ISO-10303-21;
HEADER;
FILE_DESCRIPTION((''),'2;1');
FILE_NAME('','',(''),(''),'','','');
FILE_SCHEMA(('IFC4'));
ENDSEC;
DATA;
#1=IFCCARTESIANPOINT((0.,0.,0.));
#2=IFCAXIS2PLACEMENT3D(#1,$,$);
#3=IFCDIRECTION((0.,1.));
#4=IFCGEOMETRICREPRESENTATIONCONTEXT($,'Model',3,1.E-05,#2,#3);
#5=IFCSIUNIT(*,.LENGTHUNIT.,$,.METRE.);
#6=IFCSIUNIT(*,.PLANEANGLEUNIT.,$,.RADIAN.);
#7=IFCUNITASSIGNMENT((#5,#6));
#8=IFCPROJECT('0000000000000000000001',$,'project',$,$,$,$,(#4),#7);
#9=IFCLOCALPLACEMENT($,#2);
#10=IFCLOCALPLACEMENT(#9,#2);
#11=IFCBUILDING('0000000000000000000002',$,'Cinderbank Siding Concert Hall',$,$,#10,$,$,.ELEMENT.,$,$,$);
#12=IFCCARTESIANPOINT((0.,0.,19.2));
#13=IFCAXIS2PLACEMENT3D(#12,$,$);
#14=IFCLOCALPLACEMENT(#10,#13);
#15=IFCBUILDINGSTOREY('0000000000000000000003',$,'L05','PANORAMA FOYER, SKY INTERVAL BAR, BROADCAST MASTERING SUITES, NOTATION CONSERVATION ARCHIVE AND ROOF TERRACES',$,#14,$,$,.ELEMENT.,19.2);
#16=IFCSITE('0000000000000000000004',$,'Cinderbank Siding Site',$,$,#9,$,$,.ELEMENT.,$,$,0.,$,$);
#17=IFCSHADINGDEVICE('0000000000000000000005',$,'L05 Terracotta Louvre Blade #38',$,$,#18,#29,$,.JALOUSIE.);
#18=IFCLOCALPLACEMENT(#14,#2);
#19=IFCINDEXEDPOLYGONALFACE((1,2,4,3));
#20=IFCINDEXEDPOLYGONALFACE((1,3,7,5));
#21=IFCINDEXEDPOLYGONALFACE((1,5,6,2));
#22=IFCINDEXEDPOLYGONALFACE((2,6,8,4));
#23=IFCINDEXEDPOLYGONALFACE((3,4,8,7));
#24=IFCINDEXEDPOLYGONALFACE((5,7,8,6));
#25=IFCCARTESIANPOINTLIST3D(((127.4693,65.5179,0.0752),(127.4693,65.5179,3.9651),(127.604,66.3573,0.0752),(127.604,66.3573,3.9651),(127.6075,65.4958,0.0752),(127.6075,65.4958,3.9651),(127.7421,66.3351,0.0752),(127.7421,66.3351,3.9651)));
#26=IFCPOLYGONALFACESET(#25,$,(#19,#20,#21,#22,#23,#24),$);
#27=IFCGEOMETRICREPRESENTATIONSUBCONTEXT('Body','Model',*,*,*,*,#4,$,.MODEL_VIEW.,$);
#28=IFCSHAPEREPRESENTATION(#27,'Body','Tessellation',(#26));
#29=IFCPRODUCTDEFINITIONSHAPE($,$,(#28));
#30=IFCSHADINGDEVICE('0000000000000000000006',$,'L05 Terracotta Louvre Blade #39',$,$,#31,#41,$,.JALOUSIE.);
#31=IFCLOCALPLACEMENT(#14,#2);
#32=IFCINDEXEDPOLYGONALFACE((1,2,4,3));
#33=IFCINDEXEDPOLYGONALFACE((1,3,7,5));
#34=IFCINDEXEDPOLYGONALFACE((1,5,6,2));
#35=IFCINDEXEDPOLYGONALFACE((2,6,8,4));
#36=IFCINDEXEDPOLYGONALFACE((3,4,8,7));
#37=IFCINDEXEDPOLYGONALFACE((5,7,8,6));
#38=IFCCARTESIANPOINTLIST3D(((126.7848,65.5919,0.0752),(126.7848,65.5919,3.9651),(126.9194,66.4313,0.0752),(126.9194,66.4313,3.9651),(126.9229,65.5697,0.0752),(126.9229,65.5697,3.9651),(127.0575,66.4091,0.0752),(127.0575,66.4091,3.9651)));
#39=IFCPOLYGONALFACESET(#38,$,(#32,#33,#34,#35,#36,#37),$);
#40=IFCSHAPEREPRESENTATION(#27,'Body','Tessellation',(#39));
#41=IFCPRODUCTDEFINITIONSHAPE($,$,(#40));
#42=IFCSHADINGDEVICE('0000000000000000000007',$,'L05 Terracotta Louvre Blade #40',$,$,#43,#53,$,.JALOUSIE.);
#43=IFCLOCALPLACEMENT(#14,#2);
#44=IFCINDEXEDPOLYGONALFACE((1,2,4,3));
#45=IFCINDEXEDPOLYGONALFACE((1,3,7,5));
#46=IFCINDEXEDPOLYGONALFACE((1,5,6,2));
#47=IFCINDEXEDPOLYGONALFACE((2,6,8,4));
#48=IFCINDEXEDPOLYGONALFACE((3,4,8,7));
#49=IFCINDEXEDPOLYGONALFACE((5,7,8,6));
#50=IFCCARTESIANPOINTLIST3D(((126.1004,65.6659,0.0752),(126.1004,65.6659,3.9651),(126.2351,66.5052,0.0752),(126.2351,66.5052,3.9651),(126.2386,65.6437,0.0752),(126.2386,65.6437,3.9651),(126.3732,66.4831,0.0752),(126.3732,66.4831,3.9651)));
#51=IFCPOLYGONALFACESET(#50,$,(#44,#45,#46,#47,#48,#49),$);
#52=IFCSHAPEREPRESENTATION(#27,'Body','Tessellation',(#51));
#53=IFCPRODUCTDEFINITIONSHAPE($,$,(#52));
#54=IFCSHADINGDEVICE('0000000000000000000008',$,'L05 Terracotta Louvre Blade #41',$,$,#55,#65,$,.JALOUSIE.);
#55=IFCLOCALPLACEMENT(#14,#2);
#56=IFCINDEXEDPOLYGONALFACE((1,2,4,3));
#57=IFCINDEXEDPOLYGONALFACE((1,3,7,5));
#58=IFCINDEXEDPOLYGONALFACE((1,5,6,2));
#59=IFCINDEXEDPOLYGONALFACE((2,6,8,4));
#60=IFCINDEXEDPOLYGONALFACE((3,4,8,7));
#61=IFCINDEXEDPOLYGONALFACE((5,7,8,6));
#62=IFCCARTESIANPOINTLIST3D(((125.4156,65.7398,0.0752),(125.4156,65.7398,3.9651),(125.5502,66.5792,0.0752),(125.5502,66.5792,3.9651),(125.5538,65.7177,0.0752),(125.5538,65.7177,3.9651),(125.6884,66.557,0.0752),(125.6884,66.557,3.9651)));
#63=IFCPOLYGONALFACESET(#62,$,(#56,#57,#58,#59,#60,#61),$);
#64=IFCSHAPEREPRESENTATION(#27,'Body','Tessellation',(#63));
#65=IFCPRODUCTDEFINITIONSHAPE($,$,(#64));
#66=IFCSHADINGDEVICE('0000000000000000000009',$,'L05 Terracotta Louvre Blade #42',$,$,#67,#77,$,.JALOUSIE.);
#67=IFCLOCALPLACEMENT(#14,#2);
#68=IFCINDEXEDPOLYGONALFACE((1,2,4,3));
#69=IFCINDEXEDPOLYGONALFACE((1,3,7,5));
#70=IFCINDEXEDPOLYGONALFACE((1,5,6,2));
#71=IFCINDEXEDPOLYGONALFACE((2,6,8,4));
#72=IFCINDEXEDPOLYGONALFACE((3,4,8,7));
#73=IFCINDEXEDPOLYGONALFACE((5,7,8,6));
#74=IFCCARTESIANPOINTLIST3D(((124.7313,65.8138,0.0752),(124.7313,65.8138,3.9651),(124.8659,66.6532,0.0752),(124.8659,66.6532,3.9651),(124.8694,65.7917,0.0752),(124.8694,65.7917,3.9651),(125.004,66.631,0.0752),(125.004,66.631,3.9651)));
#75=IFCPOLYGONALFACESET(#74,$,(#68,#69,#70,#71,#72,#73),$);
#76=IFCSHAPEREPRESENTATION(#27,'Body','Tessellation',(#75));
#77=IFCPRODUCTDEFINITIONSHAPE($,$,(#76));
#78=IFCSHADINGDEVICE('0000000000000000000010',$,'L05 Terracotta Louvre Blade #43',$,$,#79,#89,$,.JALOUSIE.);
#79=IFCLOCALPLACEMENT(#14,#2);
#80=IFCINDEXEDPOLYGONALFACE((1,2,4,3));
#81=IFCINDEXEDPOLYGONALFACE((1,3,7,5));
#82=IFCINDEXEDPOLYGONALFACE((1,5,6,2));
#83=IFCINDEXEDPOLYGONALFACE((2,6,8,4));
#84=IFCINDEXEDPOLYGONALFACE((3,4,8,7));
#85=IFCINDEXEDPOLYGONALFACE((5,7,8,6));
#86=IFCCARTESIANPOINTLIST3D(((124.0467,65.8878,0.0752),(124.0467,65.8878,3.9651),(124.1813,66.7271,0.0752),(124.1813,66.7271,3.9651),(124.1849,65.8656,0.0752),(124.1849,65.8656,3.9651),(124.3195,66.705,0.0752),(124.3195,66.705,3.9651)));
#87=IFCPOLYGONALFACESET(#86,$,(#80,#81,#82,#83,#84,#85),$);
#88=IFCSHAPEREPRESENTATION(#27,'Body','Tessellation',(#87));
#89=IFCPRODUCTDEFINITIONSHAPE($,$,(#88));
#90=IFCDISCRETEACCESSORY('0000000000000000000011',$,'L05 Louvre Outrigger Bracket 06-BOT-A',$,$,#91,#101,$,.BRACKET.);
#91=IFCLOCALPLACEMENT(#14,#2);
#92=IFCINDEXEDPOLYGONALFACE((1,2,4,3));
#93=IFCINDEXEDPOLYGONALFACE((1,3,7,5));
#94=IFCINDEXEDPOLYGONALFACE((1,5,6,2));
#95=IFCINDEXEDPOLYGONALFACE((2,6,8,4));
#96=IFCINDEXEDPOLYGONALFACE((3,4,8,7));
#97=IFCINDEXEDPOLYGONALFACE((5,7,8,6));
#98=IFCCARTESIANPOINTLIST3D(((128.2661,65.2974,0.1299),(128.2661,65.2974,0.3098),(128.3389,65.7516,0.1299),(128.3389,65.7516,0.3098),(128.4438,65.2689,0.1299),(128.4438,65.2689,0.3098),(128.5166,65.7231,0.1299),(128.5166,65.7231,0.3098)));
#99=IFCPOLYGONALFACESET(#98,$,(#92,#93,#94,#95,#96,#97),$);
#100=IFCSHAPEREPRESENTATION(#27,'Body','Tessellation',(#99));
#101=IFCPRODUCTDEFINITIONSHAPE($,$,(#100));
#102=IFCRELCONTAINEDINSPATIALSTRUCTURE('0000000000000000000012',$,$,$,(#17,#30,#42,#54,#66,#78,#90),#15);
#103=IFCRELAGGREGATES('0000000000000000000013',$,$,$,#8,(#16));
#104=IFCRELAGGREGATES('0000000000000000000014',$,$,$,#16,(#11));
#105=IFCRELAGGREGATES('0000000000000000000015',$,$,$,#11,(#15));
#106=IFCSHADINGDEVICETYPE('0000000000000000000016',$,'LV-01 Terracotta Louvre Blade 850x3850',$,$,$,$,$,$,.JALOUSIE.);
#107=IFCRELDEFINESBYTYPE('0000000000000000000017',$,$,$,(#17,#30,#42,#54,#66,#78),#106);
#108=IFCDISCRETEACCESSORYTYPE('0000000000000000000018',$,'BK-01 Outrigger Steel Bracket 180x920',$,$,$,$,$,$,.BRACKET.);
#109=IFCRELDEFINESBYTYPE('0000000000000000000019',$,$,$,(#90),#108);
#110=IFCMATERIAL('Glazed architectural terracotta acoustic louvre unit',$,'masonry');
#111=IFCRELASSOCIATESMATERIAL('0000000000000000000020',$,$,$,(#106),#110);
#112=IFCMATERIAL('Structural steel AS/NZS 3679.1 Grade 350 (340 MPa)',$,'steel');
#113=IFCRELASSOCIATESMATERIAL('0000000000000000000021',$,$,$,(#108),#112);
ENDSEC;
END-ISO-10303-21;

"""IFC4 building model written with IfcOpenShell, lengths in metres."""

from ifc_helpers import new_model, si_unit, direction, frame, origin, origin_2d, place, context, subcontext, project, spatial, rectangle, extrude, material, type_object, element, save


model = new_model("IFC4")

# Units and contexts
model_context = context("Model", 3, precision=1e-05, world=origin(), true_north=direction((0.0, 1.0)))
body_context = subcontext(model_context, "Body", "Model", "MODEL_VIEW")
ifc_project = project(units=[si_unit("LENGTHUNIT", "METRE"), si_unit("PLANEANGLEUNIT", "RADIAN")], contexts=[model_context])

# Site, building, storey
site_placement = place(None, origin())
site = spatial("IfcSite", under=ifc_project, at=site_placement, Name="Cinderbank Siding Site", CompositionType="ELEMENT", RefElevation=0.0)
building_placement = place(site_placement, origin())
building = spatial("IfcBuilding", under=site, at=building_placement, Name="Cinderbank Siding Concert Hall", CompositionType="ELEMENT")
storey_placement = place(building_placement, frame((0.0, 0.0, 19.2)))
storey = spatial("IfcBuildingStorey", under=building, at=storey_placement, Name="L05", Description="PANORAMA FOYER, SKY INTERVAL BAR, BROADCAST MASTERING SUITES, NOTATION CONSERVATION ARCHIVE AND ROOF TERRACES", CompositionType="ELEMENT", Elevation=19.2)

# Shading devices
ifc_material_1 = material(Name="Glazed architectural terracotta acoustic louvre unit", Category="masonry")
shading_device_type = type_object("IfcShadingDeviceType", Name="LV-01 Terracotta Louvre Blade 850x3850", PredefinedType="JALOUSIE", material=ifc_material_1)
for number, where, z_axis, x_axis, name in (
    (1, (127.6057, 65.9265, 0.0752), (0.0, 0.0, 1.0), (0.158354, 0.987382, 0.0), "L05 Terracotta Louvre Blade #38"),
    (2, (126.9211, 66.0005, 0.0752), (0.0, 0.0, 1.0), (0.158354, 0.987382, 0.0), "L05 Terracotta Louvre Blade #39"),
    (3, (126.2368, 66.0745, 0.0752), (0.0, 0.0, 1.0), (0.158354, 0.987382, 0.0), "L05 Terracotta Louvre Blade #40"),
    (4, (125.552, 66.1484, 0.0752), (0.0, 0.0, 1.0), (0.158354, 0.987382, 0.0), "L05 Terracotta Louvre Blade #41"),
    (5, (124.8677, 66.2224, 0.0752), (0.0, 0.0, 1.0), (0.158354, 0.987382, 0.0), "L05 Terracotta Louvre Blade #42"),
    (6, (124.1831, 66.2964, 0.0752), (0.0, 0.0, 1.0), (0.158354, 0.987382, 0.0), "L05 Terracotta Louvre Blade #43"),
):
    element("IfcShadingDevice", number, at=place(storey_placement, frame(where, z_axis=z_axis, x_axis=x_axis)), inside=storey, type_object=shading_device_type, Name=name, PredefinedType="JALOUSIE", context=body_context, shape_type="SweptSolid", body=[
        extrude(rectangle(XDim=0.8501, YDim=0.1399, at=origin_2d()), origin(), (0.0, 0.0, 1.0), 3.8899),
    ])

# Discrete accessory
ifc_material_2 = material(Name="Structural steel AS/NZS 3679.1 Grade 350 (340 MPa)", Category="steel")
discrete_accessory_type = type_object("IfcDiscreteAccessoryType", Name="BK-01 Outrigger Steel Bracket 180x920", PredefinedType="BRACKET", material=ifc_material_2)
discrete_accessory_placement = place(storey_placement, frame((128.3914, 65.5103, 0.1299), z_axis=(0.0, 0.0, 1.0), x_axis=(0.158354, 0.987382, 0.0)))
element("IfcDiscreteAccessory", 7, at=discrete_accessory_placement, inside=storey, type_object=discrete_accessory_type, Name="L05 Louvre Outrigger Bracket 06-BOT-A", PredefinedType="BRACKET", context=body_context, shape_type="SweptSolid", body=[
    extrude(rectangle(XDim=0.46, YDim=0.1799, at=origin_2d()), origin(), (0.0, 0.0, 1.0), 0.1799),
])

save(model, "model.ifc")
